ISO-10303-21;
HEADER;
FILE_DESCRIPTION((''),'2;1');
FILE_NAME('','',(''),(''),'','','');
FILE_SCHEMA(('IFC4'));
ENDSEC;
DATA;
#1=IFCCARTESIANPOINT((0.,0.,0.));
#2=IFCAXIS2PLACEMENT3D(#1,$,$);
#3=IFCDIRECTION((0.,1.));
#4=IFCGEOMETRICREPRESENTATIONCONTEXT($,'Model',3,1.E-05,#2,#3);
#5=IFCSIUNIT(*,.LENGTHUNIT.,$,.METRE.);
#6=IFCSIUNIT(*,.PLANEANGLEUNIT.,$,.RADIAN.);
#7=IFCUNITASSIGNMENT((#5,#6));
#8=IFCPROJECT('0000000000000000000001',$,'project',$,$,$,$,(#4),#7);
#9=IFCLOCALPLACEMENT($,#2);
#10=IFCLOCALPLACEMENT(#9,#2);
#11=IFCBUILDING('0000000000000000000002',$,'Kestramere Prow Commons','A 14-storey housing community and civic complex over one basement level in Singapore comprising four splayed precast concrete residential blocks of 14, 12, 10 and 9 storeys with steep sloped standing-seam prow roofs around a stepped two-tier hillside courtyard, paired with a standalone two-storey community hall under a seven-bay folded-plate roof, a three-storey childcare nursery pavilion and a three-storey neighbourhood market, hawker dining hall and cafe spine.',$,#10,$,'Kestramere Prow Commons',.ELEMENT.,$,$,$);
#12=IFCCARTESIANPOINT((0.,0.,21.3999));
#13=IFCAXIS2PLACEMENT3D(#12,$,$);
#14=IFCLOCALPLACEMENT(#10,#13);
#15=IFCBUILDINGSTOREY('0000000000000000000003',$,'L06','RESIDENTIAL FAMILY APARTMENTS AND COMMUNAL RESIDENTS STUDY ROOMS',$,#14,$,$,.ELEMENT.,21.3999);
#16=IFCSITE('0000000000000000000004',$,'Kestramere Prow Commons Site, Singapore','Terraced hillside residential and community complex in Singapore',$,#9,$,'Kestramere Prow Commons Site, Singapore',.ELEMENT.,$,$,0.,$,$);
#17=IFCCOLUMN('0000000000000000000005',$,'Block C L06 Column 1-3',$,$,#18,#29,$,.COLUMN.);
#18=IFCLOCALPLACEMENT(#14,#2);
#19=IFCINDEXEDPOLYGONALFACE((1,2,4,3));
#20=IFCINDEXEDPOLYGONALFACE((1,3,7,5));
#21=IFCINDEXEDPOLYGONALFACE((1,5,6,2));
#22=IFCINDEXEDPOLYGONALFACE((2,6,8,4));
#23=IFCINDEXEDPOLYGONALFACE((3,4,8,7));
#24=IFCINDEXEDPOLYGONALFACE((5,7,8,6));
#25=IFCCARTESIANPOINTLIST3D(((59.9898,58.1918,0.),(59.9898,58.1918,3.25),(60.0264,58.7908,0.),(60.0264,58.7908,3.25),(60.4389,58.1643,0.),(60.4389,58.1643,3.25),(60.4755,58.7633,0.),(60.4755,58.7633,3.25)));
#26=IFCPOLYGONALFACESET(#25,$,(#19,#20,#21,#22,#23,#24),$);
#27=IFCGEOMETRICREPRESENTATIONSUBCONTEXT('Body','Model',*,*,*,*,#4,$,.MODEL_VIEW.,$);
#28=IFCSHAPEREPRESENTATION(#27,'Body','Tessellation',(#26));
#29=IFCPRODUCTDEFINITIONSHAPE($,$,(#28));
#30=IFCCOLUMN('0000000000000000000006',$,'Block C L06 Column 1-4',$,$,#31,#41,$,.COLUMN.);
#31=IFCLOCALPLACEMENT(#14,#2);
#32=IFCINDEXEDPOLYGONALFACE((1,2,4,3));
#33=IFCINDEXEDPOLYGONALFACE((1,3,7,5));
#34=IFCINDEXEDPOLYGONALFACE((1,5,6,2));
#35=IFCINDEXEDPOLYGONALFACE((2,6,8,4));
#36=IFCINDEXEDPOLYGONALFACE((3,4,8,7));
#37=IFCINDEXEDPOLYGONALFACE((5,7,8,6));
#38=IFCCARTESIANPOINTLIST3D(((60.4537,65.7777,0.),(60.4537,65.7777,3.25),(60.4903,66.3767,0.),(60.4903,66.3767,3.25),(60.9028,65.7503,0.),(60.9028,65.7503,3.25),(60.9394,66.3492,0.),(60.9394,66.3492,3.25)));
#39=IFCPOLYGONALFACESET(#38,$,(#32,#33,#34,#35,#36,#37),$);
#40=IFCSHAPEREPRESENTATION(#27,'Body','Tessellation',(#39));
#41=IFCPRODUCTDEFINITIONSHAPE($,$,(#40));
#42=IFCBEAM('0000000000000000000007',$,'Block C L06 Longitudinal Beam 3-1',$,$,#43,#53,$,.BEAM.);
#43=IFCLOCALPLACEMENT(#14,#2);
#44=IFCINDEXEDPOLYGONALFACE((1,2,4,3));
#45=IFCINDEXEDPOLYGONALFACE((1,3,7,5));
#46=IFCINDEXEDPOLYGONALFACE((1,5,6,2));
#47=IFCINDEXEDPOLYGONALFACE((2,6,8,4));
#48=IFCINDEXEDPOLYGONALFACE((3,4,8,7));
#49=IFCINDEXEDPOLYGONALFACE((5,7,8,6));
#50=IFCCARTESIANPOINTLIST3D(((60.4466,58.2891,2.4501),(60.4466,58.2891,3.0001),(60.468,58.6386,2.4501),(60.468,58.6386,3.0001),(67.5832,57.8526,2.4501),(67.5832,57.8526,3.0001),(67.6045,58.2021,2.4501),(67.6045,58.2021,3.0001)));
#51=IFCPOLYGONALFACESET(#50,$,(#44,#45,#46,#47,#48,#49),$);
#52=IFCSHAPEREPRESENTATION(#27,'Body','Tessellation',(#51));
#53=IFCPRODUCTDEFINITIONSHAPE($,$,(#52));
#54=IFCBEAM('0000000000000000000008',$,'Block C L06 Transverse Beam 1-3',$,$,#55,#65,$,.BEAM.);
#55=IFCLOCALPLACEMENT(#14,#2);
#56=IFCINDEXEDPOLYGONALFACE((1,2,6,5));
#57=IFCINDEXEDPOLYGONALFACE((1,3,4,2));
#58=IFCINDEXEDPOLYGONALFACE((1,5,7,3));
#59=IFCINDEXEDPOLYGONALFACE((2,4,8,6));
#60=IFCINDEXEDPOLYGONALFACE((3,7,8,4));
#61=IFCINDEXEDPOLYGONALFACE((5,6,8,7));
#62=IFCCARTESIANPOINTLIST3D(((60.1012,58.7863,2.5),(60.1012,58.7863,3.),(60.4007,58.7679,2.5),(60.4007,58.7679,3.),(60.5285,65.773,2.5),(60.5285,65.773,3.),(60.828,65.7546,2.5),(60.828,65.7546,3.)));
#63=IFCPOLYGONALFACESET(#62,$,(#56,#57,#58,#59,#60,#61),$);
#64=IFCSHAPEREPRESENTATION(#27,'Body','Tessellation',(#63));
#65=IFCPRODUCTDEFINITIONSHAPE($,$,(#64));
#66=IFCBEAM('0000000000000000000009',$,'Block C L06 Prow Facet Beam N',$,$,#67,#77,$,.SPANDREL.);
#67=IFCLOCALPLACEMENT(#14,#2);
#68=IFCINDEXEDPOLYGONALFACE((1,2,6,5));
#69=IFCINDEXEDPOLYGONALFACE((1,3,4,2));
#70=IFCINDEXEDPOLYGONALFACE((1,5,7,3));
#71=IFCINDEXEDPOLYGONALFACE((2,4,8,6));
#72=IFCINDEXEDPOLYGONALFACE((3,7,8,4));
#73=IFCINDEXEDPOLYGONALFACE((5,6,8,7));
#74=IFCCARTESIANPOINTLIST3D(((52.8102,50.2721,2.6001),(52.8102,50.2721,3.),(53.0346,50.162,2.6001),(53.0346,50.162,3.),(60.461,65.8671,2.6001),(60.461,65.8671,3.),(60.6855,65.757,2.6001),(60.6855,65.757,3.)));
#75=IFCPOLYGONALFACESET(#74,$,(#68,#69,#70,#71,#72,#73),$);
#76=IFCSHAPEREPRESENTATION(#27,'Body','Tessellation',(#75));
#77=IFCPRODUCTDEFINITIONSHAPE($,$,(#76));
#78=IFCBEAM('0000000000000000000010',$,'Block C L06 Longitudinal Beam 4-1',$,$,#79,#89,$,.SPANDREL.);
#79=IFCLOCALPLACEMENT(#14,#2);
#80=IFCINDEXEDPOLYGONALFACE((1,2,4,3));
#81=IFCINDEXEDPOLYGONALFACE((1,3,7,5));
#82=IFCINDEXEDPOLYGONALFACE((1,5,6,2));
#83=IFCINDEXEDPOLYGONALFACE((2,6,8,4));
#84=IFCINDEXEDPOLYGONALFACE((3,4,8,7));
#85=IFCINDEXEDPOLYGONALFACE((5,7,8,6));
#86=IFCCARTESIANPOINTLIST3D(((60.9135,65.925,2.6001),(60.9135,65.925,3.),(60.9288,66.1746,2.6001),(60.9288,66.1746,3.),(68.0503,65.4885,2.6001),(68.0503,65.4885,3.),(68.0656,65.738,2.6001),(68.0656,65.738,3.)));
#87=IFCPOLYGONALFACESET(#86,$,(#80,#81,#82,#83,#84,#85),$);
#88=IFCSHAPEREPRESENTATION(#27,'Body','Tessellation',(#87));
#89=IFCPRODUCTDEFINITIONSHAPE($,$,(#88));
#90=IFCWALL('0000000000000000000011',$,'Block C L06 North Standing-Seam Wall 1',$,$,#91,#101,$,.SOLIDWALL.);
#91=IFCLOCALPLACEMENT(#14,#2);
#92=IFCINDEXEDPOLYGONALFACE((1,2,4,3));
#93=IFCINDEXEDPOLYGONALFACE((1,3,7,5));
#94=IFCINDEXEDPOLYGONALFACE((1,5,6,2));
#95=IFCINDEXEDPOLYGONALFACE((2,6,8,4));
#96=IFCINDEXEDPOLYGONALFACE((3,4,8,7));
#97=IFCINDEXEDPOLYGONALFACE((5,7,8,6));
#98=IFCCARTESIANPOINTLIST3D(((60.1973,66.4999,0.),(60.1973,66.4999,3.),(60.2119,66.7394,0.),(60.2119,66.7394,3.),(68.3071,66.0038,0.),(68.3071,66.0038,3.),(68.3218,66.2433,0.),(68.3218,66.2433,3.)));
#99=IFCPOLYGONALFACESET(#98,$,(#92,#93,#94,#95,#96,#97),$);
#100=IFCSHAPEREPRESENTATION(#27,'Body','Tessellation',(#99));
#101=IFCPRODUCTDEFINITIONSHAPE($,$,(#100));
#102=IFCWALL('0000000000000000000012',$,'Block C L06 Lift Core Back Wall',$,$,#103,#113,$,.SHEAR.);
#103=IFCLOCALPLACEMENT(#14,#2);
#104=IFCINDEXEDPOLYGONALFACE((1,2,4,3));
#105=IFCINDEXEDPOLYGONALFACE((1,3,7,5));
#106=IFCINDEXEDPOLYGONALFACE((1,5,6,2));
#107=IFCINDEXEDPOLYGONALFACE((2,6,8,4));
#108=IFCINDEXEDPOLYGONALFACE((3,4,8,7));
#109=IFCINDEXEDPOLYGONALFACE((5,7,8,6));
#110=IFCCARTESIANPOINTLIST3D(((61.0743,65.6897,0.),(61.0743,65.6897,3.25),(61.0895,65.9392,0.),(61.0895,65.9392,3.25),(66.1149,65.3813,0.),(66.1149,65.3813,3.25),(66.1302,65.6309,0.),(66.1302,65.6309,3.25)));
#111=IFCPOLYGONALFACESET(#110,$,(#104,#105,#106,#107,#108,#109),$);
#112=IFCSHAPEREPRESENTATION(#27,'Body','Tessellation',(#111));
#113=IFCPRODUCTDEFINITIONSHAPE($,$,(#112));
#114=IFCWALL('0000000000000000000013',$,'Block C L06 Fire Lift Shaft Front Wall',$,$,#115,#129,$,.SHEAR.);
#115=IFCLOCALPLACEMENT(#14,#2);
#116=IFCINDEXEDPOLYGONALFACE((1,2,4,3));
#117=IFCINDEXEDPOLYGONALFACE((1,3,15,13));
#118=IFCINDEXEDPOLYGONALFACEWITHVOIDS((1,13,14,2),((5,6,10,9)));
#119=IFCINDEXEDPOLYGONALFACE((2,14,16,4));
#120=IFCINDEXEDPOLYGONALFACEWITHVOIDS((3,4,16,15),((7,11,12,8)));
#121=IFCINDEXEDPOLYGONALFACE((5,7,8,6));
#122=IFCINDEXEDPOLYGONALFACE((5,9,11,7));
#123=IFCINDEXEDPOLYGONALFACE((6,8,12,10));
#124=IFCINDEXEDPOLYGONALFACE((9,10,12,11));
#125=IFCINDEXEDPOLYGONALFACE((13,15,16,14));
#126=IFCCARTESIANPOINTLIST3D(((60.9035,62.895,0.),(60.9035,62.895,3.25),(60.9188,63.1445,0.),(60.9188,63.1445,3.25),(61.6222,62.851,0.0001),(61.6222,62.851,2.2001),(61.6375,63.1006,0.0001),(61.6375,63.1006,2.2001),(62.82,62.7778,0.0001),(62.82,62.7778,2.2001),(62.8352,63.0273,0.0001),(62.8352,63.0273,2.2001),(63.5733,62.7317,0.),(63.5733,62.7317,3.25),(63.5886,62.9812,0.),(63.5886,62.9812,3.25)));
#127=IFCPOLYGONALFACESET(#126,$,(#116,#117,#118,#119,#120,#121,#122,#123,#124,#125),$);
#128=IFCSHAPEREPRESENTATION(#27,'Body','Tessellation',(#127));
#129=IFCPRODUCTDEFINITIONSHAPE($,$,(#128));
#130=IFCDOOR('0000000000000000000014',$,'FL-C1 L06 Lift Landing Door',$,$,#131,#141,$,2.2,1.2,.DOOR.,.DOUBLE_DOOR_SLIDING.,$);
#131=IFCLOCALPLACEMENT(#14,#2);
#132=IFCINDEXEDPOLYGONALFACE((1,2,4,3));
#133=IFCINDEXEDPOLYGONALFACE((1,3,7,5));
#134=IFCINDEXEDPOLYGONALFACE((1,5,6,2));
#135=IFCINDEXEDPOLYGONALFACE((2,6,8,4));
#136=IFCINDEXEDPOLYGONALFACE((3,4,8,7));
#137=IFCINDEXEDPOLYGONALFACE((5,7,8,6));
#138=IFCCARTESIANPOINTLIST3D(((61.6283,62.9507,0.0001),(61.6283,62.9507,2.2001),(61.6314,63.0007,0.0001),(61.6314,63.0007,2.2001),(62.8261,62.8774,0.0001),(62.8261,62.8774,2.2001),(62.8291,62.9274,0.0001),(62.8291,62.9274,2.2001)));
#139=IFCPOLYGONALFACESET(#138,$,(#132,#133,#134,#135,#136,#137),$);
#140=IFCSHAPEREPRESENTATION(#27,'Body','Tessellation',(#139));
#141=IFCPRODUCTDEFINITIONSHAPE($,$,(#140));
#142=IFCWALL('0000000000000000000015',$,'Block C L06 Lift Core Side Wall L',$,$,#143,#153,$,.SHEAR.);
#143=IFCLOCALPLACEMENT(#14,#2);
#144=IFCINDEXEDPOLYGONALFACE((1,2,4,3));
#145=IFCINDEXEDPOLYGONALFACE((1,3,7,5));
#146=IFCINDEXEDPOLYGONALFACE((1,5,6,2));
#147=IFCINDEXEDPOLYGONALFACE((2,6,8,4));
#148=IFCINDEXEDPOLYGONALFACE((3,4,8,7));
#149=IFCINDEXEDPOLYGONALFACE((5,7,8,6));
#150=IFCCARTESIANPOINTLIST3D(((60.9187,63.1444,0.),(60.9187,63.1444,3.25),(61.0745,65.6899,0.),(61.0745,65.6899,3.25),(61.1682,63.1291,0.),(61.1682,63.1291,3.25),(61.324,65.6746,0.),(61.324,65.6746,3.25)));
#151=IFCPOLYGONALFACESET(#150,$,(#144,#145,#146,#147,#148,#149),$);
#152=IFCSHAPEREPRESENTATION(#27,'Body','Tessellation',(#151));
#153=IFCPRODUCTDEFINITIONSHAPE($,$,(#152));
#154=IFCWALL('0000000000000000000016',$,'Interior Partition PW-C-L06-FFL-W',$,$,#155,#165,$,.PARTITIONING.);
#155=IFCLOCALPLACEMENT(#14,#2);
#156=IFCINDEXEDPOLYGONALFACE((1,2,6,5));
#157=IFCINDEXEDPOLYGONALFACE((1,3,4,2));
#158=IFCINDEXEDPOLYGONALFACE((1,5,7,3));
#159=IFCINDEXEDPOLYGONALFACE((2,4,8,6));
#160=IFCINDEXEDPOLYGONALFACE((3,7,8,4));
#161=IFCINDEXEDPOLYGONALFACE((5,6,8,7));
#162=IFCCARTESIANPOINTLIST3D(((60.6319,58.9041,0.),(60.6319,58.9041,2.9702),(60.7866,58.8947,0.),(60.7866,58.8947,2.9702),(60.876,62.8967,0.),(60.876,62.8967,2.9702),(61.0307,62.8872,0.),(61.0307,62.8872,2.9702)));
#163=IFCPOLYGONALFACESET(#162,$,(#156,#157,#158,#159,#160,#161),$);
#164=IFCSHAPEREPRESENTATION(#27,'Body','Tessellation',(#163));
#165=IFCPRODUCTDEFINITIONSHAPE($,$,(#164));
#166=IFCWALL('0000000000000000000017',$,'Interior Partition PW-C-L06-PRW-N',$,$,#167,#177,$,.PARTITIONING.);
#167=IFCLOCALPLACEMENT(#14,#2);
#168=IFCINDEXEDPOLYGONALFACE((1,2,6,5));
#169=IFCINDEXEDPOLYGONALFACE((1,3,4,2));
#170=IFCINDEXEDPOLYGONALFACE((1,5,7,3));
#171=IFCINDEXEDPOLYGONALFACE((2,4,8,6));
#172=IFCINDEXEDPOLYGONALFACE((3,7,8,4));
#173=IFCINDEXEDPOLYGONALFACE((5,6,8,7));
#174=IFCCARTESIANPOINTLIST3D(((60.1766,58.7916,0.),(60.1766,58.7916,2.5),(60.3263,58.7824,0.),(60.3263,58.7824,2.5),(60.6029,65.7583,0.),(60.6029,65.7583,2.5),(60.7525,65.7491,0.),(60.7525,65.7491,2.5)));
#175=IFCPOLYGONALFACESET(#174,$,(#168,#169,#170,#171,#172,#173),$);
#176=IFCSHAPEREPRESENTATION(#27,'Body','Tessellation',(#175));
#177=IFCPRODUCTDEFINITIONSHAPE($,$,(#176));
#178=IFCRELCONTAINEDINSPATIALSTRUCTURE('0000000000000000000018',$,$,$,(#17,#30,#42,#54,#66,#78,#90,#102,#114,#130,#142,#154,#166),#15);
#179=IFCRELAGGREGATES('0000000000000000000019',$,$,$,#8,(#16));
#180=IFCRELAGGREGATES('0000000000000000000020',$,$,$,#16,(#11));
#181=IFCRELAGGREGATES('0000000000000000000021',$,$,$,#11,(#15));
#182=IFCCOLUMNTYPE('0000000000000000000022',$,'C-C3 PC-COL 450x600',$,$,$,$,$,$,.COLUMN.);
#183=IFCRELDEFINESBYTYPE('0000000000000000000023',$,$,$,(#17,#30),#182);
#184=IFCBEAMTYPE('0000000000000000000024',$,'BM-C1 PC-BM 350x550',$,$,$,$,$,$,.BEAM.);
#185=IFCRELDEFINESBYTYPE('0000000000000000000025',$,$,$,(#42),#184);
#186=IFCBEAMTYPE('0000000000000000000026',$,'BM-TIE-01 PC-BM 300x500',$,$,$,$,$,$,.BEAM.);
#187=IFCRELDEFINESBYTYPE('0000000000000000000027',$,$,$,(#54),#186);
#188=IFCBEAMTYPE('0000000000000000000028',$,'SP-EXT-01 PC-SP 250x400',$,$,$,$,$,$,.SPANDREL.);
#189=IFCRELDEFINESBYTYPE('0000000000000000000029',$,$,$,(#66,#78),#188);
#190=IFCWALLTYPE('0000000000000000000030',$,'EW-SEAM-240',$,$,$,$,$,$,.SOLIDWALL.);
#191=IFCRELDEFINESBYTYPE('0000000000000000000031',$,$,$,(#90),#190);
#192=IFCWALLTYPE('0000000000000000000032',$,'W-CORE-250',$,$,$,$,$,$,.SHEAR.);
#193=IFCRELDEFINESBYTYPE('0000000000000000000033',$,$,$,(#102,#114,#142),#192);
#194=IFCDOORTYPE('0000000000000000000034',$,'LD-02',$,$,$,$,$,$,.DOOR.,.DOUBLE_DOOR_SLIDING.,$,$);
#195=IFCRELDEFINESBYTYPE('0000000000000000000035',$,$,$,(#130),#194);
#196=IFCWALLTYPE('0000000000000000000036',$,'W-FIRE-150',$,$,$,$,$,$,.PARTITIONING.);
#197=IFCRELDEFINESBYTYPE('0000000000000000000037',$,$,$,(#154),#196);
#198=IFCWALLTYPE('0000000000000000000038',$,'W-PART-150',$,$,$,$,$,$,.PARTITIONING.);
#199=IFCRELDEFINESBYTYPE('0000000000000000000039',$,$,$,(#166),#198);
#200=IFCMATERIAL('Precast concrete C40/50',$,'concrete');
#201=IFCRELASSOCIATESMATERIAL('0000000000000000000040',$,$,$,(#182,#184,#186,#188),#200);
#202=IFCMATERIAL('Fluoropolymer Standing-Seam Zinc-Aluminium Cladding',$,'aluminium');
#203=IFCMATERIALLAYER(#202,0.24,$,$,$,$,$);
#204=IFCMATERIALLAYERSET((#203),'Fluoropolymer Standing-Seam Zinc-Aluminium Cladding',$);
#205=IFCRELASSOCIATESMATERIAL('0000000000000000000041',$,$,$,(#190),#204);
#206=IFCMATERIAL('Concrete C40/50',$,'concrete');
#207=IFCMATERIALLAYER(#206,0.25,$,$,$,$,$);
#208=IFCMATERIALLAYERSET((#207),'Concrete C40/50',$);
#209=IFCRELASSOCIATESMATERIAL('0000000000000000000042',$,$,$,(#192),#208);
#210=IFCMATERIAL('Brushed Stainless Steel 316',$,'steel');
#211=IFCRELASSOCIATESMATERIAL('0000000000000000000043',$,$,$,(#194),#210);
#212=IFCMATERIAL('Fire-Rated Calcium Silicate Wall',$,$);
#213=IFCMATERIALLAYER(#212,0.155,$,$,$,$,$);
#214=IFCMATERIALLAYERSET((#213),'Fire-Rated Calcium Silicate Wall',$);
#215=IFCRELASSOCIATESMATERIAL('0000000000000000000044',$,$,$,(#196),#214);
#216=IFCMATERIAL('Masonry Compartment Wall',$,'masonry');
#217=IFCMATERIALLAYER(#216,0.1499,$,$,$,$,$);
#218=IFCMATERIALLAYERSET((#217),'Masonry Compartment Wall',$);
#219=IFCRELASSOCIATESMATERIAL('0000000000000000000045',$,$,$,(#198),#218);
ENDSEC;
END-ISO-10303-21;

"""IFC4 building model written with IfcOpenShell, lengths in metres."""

from ifc_helpers import new_model, si_unit, direction, frame, frame_2d, origin, origin_2d, place, context, subcontext, project, spatial, rectangle, extrude, material, layer, layer_set, material_profile, profile_set, type_object, element, fill, save


model = new_model("IFC4")

# Units and contexts
model_context = context("Model", 3, precision=1e-05, world=origin(), true_north=direction((0.0, 1.0)))
body_context = subcontext(model_context, "Body", "Model", "MODEL_VIEW")
ifc_project = project(units=[si_unit("LENGTHUNIT", "METRE"), si_unit("PLANEANGLEUNIT", "RADIAN")], contexts=[model_context])

# Site, building, storey
site_placement = place(None, origin())
site = spatial("IfcSite", under=ifc_project, at=site_placement, Name="Kestramere Prow Commons Site, Singapore", Description="Terraced hillside residential and community complex in Singapore", LongName="Kestramere Prow Commons Site, Singapore", CompositionType="ELEMENT", RefElevation=0.0)
building_placement = place(site_placement, origin())
building = spatial("IfcBuilding", under=site, at=building_placement, Name="Kestramere Prow Commons", Description="A 14-storey housing community and civic complex over one basement level in Singapore comprising four splayed precast concrete residential blocks of 14, 12, 10 and 9 storeys with steep sloped standing-seam prow roofs around a stepped two-tier hillside courtyard, paired with a standalone two-storey community hall under a seven-bay folded-plate roof, a three-storey childcare nursery pavilion and a three-storey neighbourhood market, hawker dining hall and cafe spine.", LongName="Kestramere Prow Commons", CompositionType="ELEMENT")
storey_placement = place(building_placement, frame((0.0, 0.0, 21.3999)))
storey = spatial("IfcBuildingStorey", under=building, at=storey_placement, Name="L06", Description="RESIDENTIAL FAMILY APARTMENTS AND COMMUNAL RESIDENTS STUDY ROOMS", CompositionType="ELEMENT", Elevation=21.3999)

# Columns
ifc_material_1 = material(Name="Precast concrete C40/50", Category="concrete")
ifc_material_profile_1 = material_profile(ifc_material_1, rectangle(XDim=0.45, YDim=0.6001, at=origin_2d()), Name="PC-COL 450x600")
ifc_profile_set_1 = profile_set([ifc_material_profile_1], Name="Precast concrete C40/50")
column_type = type_object("IfcColumnType", Name="C-C3 PC-COL 450x600", PredefinedType="COLUMN", material=ifc_profile_set_1)
for number, where, z_axis, x_axis, name in (
    (1, (60.2327, 58.4775, 0.0), (0.0, 0.0, 1.0), (0.998135, -0.061049, 0.0), "Block C L06 Column 1-3"),
    (2, (60.6965, 66.0635, 0.0), (0.0, 0.0, 1.0), (0.998135, -0.061049, 0.0), "Block C L06 Column 1-4"),
):
    element("IfcColumn", number, at=place(storey_placement, frame(where, z_axis=z_axis, x_axis=x_axis)), inside=storey, type_object=column_type, Name=name, PredefinedType="COLUMN", context=body_context, shape_type="SweptSolid", body=[
        extrude(rectangle(XDim=0.45, YDim=0.6001, at=origin_2d()), origin(), (0.0, 0.0, 1.0), 3.25),
    ])

# Beams
ifc_material_profile_2 = material_profile(ifc_material_1, rectangle(XDim=0.3501, YDim=0.55, at=origin_2d()), Name="PC-BM 350x550")
ifc_profile_set_2 = profile_set([ifc_material_profile_2], Name="Precast concrete C40/50")
beam_type_1 = type_object("IfcBeamType", Name="BM-C1 PC-BM 350x550", PredefinedType="BEAM", material=ifc_profile_set_2)
beam_1_placement = place(storey_placement, frame((60.4573, 58.4639, 2.7251), z_axis=(0.998134, -0.061054, 0.0), x_axis=(0.061054, 0.998134, 0.0)))
element("IfcBeam", 3, at=beam_1_placement, inside=storey, type_object=beam_type_1, Name="Block C L06 Longitudinal Beam 3-1", PredefinedType="BEAM", context=body_context, shape_type="SweptSolid", body=[
    extrude(rectangle(XDim=0.3501, YDim=0.55, at=origin_2d()), origin(), (0.0, 0.0, 1.0), 7.1499),
])
ifc_material_profile_3 = material_profile(ifc_material_1, rectangle(XDim=0.3, YDim=0.5, at=origin_2d()), Name="PC-BM 300x500")
ifc_profile_set_3 = profile_set([ifc_material_profile_3], Name="Precast concrete C40/50")
beam_type_2 = type_object("IfcBeamType", Name="BM-TIE-01 PC-BM 300x500", PredefinedType="BEAM", material=ifc_profile_set_3)
beam_2_placement = place(storey_placement, frame((60.251, 58.7771, 2.75), z_axis=(0.061036, 0.998136, 0.0), x_axis=(-0.998136, 0.061036, 0.0)))
element("IfcBeam", 4, at=beam_2_placement, inside=storey, type_object=beam_type_2, Name="Block C L06 Transverse Beam 1-3", PredefinedType="BEAM", context=body_context, shape_type="SweptSolid", body=[
    extrude(rectangle(XDim=0.3, YDim=0.5, at=origin_2d()), origin(), (0.0, 0.0, 1.0), 6.9998),
])
ifc_material_profile_4 = material_profile(ifc_material_1, rectangle(XDim=0.25, YDim=0.3999, at=origin_2d()), Name="PC-SP 250x400")
ifc_profile_set_4 = profile_set([ifc_material_profile_4], Name="Precast concrete C40/50")
beam_type_3 = type_object("IfcBeamType", Name="SP-EXT-01 PC-SP 250x400", PredefinedType="SPANDREL", material=ifc_profile_set_4)
beam_3_placement = place(storey_placement, frame((60.5732, 65.812, 2.8), z_axis=(-0.440449, -0.897778, 0.0), x_axis=(0.897778, -0.440449, 0.0)))
element("IfcBeam", 5, at=beam_3_placement, inside=storey, type_object=beam_type_3, Name="Block C L06 Prow Facet Beam N", PredefinedType="SPANDREL", context=body_context, shape_type="SweptSolid", body=[
    extrude(rectangle(XDim=0.25, YDim=0.3999, at=origin_2d()), origin(), (0.0, 0.0, 1.0), 17.3706),
])
beam_4_placement = place(storey_placement, frame((60.9211, 66.0498, 2.8), z_axis=(0.998135, -0.061052, 0.0), x_axis=(0.061052, 0.998135, 0.0)))
element("IfcBeam", 6, at=beam_4_placement, inside=storey, type_object=beam_type_3, Name="Block C L06 Longitudinal Beam 4-1", PredefinedType="SPANDREL", context=body_context, shape_type="SweptSolid", body=[
    extrude(rectangle(XDim=0.25, YDim=0.3999, at=origin_2d()), origin(), (0.0, 0.0, 1.0), 7.1501),
])

# Walls
ifc_material_2 = material(Name="Fluoropolymer Standing-Seam Zinc-Aluminium Cladding", Category="aluminium")
ifc_layer_1 = layer(ifc_material_2, 0.24)
ifc_layer_set_1 = layer_set([ifc_layer_1], Name="Fluoropolymer Standing-Seam Zinc-Aluminium Cladding")
wall_type_1 = type_object("IfcWallType", Name="EW-SEAM-240", PredefinedType="SOLIDWALL", material=ifc_layer_set_1)
wall_1_placement = place(storey_placement, frame((60.2046, 66.6196, 0.0), z_axis=(0.0, 0.0, 1.0), x_axis=(0.998134, -0.061058, 0.0)))
element("IfcWall", 7, at=wall_1_placement, inside=storey, type_object=wall_type_1, Name="Block C L06 North Standing-Seam Wall 1", PredefinedType="SOLIDWALL", context=body_context, shape_type="SweptSolid", body=[
    extrude(rectangle(XDim=8.125, YDim=0.24, at=frame_2d((4.0625, 0.0))), origin(), (0.0, 0.0, 1.0), 3.0),
])
ifc_material_3 = material(Name="Concrete C40/50", Category="concrete")
ifc_layer_2 = layer(ifc_material_3, 0.25)
ifc_layer_set_2 = layer_set([ifc_layer_2], Name="Concrete C40/50")
wall_type_2 = type_object("IfcWallType", Name="W-CORE-250", PredefinedType="SHEAR", material=ifc_layer_set_2)
wall_2_placement = place(storey_placement, frame((61.082, 65.8145, 0.0), z_axis=(0.0, 0.0, 1.0), x_axis=(0.998134, -0.06106, 0.0)))
element("IfcWall", 8, at=wall_2_placement, inside=storey, type_object=wall_type_2, Name="Block C L06 Lift Core Back Wall", PredefinedType="SHEAR", context=body_context, shape_type="SweptSolid", body=[
    extrude(rectangle(XDim=5.05, YDim=0.25, at=frame_2d((2.5249, 0.0))), origin(), (0.0, 0.0, 1.0), 3.25),
])

# Wall, opening, door
wall_3_placement = place(storey_placement, frame((60.9111, 63.0198, 0.0), z_axis=(0.0, 0.0, 1.0), x_axis=(0.998134, -0.06106, 0.0)))
wall_3 = element("IfcWall", 9, at=wall_3_placement, inside=storey, type_object=wall_type_2, Name="Block C L06 Fire Lift Shaft Front Wall", PredefinedType="SHEAR", context=body_context, shape_type="SweptSolid", body=[
    extrude(rectangle(XDim=2.6748, YDim=0.25, at=frame_2d((1.3374, 0.0))), origin(), (0.0, 0.0, 1.0), 3.25),
])
opening_1_placement = place(wall_3_placement, frame((0.72, 0.0, 0.0)))
opening_1 = element("IfcOpeningElement", 10, at=opening_1_placement, cuts=wall_3, PredefinedType="OPENING", context=body_context, shape_type="SweptSolid", body=[
    extrude(rectangle(XDim=1.2, YDim=2.2, at=frame_2d((0.6001, 1.1001))), frame((0.0, 0.1399, 0.0), z_axis=(0.0, -1.0, 0.0), x_axis=(1.0, 0.0, 0.0)), (0.0, 0.0, 1.0), 0.28),
])
ifc_material_4 = material(Name="Brushed Stainless Steel 316", Category="steel")
door_type_1 = type_object("IfcDoorType", Name="LD-02", OperationType="DOUBLE_DOOR_SLIDING", PredefinedType="DOOR", material=ifc_material_4)
door_1_placement = place(opening_1_placement, origin())
door_1 = element("IfcDoor", 11, at=door_1_placement, inside=storey, type_object=door_type_1, Name="FL-C1 L06 Lift Landing Door", OperationType="DOUBLE_DOOR_SLIDING", OverallHeight=2.2, OverallWidth=1.2, PredefinedType="DOOR", context=body_context, shape_type="SweptSolid", body=[
    extrude(rectangle(XDim=1.2, YDim=2.2, at=frame_2d((0.6001, 1.1001))), frame((0.0, 0.0249, 0.0), z_axis=(0.0, -1.0, 0.0), x_axis=(1.0, 0.0, 0.0)), (0.0, 0.0, 1.0), 0.05),
])
fill(opening_1, door_1)

# Wall
wall_4_placement = place(storey_placement, frame((61.0435, 63.1367, 0.0), z_axis=(0.0, 0.0, 1.0), x_axis=(0.061079, 0.998133, 0.0)))
element("IfcWall", 12, at=wall_4_placement, inside=storey, type_object=wall_type_2, Name="Block C L06 Lift Core Side Wall L", PredefinedType="SHEAR", context=body_context, shape_type="SweptSolid", body=[
    extrude(rectangle(XDim=2.5503, YDim=0.25, at=frame_2d((1.2751, 0.0))), origin(), (0.0, 0.0, 1.0), 3.25),
])

# Shared definitions
ifc_material_5 = material(Name="Fire-Rated Calcium Silicate Wall")
ifc_layer_3 = layer(ifc_material_5, 0.155)
ifc_layer_set_3 = layer_set([ifc_layer_3], Name="Fire-Rated Calcium Silicate Wall")
wall_type_3 = type_object("IfcWallType", Name="W-FIRE-150", PredefinedType="PARTITIONING", material=ifc_layer_set_3)

# Walls
wall_5_placement = place(storey_placement, frame((60.7092, 58.8994, 0.0), z_axis=(0.0, 0.0, 1.0), x_axis=(0.061037, 0.998136, 0.0)))
element("IfcWall", 13, at=wall_5_placement, inside=storey, type_object=wall_type_3, Name="Interior Partition PW-C-L06-FFL-W", PredefinedType="PARTITIONING", context=body_context, shape_type="SweptSolid", body=[
    extrude(rectangle(XDim=4.0, YDim=0.155, at=frame_2d((2.0, 0.0))), origin(), (0.0, 0.0, 1.0), 2.9702),
])
ifc_material_6 = material(Name="Masonry Compartment Wall", Category="masonry")
ifc_layer_4 = layer(ifc_material_6, 0.1499)
ifc_layer_set_4 = layer_set([ifc_layer_4], Name="Masonry Compartment Wall")
wall_type_4 = type_object("IfcWallType", Name="W-PART-150", PredefinedType="PARTITIONING", material=ifc_layer_set_4)
wall_6_placement = place(storey_placement, frame((60.2515, 58.7871, 0.0), z_axis=(0.0, 0.0, 1.0), x_axis=(0.061072, 0.998133, 0.0)))
element("IfcWall", 14, at=wall_6_placement, inside=storey, type_object=wall_type_4, Name="Interior Partition PW-C-L06-PRW-N", PredefinedType="PARTITIONING", context=body_context, shape_type="SweptSolid", body=[
    extrude(rectangle(XDim=6.9797, YDim=0.1499, at=frame_2d((3.4897, 0.0))), origin(), (0.0, 0.0, 1.0), 2.5),
])

save(model, "model.ifc")
